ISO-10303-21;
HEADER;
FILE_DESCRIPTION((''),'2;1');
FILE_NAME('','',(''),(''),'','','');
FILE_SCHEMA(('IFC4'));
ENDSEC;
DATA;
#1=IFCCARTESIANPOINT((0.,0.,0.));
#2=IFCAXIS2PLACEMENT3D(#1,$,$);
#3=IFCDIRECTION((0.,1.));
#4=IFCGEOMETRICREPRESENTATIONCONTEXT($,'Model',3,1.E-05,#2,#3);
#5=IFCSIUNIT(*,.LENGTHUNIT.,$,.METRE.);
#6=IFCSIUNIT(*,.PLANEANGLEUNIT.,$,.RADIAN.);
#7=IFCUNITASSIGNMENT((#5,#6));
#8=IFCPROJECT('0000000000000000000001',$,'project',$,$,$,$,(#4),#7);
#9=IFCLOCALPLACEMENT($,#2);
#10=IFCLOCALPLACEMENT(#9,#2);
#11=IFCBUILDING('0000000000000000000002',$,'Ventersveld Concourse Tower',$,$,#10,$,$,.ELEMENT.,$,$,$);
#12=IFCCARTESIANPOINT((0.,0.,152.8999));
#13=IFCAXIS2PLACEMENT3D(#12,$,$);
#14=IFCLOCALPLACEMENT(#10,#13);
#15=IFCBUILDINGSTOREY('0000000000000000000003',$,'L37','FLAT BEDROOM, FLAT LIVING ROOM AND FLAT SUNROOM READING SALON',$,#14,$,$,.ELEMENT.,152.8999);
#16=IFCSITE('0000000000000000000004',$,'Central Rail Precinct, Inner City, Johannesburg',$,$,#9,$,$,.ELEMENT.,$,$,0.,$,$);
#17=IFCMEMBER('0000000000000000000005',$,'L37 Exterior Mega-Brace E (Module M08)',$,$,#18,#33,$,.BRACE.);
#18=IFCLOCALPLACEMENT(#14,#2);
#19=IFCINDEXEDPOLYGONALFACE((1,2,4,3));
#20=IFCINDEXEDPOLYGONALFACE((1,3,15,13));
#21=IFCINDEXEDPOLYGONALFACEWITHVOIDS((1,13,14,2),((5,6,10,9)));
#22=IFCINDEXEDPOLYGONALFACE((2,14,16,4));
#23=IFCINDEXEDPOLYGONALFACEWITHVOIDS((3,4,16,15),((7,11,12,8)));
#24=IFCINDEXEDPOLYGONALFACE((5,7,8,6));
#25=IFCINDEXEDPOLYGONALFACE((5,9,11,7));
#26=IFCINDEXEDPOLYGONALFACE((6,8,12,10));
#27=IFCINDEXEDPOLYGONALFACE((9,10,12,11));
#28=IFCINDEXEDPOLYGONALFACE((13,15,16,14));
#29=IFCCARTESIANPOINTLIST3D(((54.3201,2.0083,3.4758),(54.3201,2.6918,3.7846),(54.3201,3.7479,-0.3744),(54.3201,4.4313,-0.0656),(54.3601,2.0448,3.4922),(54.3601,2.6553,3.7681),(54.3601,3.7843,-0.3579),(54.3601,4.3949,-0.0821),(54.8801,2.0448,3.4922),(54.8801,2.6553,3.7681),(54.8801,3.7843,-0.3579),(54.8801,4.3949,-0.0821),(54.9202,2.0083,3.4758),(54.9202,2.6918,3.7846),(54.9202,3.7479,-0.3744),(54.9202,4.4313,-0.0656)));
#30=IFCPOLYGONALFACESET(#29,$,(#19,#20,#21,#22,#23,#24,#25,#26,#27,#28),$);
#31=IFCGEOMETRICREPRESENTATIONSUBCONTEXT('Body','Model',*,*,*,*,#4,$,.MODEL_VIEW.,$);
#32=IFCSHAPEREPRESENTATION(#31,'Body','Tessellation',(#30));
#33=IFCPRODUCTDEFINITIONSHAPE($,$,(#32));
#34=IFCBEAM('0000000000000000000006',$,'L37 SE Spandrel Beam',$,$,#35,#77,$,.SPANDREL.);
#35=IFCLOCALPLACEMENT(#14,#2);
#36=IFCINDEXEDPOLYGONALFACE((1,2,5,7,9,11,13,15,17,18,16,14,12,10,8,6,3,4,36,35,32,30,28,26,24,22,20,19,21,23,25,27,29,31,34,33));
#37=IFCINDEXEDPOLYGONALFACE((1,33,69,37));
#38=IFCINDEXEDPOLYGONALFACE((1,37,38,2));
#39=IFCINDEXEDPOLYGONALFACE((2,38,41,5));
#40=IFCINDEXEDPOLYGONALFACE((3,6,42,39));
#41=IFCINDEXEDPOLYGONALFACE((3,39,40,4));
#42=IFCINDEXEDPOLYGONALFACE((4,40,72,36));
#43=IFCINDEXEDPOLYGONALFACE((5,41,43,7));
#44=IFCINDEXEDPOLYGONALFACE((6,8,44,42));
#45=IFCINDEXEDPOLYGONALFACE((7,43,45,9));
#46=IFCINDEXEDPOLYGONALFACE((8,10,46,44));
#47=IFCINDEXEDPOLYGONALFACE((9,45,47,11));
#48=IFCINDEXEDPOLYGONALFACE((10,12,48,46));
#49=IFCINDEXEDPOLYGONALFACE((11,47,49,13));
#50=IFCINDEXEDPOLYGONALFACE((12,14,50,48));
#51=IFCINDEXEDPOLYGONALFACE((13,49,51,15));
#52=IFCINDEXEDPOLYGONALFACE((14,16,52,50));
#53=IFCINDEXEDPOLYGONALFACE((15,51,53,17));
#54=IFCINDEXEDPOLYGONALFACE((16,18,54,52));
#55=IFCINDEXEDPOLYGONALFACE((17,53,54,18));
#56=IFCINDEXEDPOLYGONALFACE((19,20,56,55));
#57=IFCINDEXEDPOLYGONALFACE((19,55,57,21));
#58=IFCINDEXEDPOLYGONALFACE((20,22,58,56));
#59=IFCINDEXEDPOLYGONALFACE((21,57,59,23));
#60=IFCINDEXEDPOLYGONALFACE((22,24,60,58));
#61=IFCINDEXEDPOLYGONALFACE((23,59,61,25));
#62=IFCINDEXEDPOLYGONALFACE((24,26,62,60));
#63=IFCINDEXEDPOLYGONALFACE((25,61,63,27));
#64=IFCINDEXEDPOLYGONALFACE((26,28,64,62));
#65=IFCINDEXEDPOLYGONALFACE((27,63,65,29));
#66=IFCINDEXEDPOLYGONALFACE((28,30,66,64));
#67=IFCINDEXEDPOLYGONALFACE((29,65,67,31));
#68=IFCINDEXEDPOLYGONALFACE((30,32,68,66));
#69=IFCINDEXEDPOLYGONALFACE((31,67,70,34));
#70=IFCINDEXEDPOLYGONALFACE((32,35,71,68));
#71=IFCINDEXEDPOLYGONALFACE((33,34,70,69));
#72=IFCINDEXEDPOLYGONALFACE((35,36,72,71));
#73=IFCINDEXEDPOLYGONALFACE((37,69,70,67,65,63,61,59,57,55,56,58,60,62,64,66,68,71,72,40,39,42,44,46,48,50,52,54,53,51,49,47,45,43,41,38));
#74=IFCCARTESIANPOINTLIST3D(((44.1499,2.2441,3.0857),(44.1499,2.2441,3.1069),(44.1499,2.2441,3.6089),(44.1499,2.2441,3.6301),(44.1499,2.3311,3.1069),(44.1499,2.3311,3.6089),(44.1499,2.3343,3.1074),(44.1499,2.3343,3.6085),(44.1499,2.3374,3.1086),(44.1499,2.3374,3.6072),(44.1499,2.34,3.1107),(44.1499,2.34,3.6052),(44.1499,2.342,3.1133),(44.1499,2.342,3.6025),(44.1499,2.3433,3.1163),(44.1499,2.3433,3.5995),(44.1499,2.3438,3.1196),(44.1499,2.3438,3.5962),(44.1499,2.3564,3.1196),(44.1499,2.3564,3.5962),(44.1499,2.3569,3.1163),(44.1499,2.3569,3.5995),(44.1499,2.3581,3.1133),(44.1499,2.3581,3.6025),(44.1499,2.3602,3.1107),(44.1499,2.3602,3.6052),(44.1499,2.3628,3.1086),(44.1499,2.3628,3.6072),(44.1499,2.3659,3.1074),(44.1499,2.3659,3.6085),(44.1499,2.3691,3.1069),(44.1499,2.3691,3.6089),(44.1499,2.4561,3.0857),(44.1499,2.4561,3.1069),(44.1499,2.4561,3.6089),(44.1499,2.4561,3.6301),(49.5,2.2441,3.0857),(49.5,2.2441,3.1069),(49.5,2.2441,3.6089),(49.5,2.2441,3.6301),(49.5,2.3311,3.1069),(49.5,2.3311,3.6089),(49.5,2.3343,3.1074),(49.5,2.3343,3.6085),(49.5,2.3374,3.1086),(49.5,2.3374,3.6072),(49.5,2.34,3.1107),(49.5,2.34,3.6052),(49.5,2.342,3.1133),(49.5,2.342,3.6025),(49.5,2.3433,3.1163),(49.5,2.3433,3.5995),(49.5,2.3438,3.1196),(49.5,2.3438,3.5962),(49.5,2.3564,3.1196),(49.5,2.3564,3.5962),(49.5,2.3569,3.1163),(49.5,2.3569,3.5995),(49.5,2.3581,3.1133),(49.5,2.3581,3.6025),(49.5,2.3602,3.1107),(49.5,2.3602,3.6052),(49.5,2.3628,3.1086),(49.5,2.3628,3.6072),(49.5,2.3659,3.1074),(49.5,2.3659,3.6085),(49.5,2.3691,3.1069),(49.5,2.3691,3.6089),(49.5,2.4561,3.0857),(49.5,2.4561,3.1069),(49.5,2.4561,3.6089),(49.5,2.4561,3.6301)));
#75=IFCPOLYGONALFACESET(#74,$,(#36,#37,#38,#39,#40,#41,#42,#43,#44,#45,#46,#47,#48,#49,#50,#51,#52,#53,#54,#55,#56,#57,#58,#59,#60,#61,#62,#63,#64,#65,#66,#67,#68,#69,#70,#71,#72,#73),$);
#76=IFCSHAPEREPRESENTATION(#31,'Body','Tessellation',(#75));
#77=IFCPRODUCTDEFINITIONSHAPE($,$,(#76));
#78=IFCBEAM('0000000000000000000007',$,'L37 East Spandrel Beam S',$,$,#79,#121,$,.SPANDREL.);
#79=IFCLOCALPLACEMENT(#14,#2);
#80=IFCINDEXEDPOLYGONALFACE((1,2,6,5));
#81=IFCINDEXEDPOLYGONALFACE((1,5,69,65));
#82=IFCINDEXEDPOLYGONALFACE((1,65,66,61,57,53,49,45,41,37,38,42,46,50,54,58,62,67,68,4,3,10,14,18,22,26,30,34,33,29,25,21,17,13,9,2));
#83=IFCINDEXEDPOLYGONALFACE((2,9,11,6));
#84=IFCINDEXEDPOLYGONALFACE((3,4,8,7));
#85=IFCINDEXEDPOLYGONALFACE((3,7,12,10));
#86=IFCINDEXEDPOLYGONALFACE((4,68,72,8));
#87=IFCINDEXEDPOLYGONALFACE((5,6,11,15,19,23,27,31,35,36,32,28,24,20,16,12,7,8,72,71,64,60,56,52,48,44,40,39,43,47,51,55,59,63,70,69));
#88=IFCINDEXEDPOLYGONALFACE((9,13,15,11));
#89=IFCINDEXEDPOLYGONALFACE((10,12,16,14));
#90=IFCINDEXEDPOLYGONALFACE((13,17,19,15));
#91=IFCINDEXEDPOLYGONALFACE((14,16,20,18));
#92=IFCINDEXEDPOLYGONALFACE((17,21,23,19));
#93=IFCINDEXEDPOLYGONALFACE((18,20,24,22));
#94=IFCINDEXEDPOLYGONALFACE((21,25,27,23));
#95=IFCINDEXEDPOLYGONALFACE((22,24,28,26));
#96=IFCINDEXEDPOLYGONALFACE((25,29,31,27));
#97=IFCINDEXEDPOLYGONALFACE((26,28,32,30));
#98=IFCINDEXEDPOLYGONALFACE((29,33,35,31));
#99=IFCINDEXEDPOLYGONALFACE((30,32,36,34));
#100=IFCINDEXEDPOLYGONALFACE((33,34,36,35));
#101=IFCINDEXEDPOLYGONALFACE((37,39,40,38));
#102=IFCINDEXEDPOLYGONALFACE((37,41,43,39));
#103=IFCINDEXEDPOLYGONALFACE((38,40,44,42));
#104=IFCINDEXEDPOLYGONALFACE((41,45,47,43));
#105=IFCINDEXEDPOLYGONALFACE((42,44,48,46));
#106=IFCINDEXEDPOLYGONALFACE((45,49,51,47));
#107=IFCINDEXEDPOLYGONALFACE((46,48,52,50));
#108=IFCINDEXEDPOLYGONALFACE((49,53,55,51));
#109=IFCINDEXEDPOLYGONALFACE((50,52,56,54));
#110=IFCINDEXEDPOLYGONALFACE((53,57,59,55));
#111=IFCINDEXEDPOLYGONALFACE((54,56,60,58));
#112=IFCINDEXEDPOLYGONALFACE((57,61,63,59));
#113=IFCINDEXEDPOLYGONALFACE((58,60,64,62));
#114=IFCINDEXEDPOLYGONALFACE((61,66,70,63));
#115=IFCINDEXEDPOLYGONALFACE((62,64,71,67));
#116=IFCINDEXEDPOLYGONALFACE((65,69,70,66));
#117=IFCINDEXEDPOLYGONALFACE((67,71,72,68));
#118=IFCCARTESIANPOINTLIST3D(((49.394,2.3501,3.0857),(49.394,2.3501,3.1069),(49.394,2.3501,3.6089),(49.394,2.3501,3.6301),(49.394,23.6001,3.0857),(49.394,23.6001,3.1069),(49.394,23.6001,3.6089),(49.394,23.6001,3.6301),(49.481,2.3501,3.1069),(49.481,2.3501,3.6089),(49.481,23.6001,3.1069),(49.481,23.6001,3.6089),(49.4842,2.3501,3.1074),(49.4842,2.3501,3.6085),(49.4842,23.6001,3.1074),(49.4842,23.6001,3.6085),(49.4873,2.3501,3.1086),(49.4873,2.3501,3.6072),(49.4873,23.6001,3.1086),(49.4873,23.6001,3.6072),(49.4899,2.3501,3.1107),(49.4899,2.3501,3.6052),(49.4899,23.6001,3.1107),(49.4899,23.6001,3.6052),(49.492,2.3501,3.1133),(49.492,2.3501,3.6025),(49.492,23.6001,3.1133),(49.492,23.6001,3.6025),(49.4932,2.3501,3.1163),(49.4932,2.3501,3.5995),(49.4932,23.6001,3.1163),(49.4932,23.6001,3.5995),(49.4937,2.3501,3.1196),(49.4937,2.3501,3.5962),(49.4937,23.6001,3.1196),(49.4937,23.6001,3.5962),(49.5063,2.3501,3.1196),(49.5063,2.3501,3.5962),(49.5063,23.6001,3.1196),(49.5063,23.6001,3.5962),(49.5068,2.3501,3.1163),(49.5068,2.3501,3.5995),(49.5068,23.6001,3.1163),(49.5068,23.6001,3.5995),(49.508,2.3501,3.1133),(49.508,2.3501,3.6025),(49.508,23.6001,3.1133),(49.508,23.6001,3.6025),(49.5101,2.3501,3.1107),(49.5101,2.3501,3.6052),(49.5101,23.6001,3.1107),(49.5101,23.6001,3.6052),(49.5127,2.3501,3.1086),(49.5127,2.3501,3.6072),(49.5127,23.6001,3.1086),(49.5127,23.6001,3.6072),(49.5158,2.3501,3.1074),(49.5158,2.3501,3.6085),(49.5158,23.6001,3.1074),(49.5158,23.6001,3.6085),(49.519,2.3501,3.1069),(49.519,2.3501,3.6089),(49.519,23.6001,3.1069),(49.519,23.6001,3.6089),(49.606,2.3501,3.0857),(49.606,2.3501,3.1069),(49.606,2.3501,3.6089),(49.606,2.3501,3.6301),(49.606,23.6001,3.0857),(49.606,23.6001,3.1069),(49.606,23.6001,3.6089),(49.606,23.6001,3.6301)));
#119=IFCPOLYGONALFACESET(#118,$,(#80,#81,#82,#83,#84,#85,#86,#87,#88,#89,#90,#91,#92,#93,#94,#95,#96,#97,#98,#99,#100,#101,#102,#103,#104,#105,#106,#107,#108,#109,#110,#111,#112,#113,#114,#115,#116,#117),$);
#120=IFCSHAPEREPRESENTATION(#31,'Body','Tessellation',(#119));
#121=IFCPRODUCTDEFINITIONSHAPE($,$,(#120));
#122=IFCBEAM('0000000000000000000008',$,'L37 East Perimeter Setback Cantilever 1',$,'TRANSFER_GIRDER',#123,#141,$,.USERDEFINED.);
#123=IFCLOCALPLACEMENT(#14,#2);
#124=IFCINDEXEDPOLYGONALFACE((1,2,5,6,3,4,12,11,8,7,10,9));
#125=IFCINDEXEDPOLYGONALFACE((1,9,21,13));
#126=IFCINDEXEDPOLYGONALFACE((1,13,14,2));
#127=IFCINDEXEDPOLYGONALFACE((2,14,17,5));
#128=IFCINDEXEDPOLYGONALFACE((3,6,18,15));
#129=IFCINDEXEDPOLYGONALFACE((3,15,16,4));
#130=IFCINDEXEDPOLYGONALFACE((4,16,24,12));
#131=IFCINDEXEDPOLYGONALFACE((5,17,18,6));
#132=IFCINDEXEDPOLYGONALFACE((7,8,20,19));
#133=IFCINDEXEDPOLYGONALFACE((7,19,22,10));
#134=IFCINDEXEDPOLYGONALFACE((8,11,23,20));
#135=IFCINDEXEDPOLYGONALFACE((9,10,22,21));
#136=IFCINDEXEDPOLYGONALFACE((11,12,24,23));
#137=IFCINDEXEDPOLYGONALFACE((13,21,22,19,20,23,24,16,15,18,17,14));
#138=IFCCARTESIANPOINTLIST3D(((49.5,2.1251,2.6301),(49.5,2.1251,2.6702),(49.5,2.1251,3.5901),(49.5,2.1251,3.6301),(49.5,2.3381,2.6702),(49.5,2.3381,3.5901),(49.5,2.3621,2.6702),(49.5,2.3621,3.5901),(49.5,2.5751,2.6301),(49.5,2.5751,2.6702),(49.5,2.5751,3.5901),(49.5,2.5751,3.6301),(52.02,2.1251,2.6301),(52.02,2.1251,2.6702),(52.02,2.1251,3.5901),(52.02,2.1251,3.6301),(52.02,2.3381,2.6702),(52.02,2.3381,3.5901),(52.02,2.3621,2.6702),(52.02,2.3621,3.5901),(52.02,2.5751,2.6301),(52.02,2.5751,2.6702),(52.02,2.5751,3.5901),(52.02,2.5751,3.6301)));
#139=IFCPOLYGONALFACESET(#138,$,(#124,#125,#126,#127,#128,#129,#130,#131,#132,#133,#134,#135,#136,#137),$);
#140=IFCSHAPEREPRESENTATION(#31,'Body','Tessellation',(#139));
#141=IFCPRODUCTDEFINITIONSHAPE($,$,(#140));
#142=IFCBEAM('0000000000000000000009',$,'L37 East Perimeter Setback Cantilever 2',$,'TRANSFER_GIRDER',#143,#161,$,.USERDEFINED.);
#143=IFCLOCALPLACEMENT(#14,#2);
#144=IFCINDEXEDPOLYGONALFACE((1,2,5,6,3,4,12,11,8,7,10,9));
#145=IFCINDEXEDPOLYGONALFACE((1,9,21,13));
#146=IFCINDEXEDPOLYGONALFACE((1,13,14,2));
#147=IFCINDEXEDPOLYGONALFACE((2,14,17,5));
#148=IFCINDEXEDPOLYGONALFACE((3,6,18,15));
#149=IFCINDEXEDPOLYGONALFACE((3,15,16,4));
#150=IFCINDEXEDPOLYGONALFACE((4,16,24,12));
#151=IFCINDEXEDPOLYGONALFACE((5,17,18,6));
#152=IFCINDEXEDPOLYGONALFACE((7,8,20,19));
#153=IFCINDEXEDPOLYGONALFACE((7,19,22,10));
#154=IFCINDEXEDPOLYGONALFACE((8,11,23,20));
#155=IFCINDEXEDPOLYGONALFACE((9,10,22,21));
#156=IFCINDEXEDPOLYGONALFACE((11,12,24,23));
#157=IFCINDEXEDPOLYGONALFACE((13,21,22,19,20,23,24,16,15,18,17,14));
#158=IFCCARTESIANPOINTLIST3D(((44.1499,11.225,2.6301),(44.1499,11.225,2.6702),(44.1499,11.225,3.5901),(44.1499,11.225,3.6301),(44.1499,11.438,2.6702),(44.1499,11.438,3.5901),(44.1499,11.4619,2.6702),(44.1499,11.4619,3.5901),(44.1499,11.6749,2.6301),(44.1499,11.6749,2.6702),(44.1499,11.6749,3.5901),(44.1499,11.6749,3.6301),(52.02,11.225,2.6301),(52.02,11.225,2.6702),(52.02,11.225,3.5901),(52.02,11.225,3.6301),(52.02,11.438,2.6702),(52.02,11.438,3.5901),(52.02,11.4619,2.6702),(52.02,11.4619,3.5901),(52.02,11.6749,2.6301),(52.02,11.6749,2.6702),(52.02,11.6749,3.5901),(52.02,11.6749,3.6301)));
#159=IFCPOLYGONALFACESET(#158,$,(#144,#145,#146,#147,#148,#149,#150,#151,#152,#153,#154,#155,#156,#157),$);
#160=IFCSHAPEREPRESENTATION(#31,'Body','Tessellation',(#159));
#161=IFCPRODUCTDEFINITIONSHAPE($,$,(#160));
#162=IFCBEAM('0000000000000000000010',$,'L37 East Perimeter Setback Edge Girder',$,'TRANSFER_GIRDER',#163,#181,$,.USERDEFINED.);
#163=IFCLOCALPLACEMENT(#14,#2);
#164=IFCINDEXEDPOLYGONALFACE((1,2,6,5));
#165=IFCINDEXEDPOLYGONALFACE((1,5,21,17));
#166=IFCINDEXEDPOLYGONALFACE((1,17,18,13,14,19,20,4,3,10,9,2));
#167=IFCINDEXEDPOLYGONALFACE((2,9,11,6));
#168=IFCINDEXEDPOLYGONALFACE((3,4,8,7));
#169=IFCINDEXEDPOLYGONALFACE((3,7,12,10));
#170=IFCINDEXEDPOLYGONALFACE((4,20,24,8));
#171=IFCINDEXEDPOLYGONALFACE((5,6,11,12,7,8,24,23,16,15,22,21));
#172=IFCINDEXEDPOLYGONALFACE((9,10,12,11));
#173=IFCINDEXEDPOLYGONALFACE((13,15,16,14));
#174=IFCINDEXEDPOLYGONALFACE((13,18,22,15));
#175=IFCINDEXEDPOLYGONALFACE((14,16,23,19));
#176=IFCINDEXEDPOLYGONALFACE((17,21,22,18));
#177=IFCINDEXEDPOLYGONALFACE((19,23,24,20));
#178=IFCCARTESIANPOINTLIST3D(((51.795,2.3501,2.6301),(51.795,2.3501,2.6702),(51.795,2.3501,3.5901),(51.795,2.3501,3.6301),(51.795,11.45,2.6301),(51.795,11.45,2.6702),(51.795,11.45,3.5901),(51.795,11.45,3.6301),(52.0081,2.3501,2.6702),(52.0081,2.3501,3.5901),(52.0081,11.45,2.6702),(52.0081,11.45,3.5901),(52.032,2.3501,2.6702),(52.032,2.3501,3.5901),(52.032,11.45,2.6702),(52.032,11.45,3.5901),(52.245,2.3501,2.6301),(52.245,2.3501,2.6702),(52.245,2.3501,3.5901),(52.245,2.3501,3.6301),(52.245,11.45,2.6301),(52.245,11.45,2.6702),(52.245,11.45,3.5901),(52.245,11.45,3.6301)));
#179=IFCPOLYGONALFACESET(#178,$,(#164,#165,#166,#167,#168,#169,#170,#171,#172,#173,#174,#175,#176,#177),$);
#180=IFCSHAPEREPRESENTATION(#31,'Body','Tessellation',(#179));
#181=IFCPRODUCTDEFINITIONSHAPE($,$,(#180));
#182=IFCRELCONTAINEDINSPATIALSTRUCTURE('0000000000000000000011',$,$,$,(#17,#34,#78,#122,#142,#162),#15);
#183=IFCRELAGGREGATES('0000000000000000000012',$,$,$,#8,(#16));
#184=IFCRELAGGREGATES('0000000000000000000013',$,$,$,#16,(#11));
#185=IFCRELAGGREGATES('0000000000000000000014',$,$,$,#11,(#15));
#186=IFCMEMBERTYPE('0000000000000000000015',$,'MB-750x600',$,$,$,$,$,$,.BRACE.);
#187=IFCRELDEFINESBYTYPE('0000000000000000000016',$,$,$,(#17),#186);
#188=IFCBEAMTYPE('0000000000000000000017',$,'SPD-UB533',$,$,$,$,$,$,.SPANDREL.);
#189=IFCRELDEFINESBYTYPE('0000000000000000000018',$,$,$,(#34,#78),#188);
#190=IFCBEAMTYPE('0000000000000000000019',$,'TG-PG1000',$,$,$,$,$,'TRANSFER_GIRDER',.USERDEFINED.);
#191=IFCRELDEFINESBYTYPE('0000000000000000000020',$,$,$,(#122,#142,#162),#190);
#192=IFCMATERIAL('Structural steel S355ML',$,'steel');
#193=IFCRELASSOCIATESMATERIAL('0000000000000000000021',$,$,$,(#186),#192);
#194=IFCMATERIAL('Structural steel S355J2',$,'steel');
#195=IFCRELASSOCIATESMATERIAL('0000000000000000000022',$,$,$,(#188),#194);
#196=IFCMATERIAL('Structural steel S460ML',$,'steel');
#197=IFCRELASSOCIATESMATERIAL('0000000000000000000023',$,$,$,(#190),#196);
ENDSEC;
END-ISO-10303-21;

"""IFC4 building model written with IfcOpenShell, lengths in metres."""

from ifc_helpers import new_model, si_unit, direction, frame, origin, origin_2d, place, context, subcontext, project, spatial, hollow_rectangle, i_section, extrude, material, material_profile, profile_set, type_object, element, save


model = new_model("IFC4")

# Units and contexts
model_context = context("Model", 3, precision=1e-05, world=origin(), true_north=direction((0.0, 1.0)))
body_context = subcontext(model_context, "Body", "Model", "MODEL_VIEW")
ifc_project = project(units=[si_unit("LENGTHUNIT", "METRE"), si_unit("PLANEANGLEUNIT", "RADIAN")], contexts=[model_context])

# Site, building, storey
site_placement = place(None, origin())
site = spatial("IfcSite", under=ifc_project, at=site_placement, Name="Central Rail Precinct, Inner City, Johannesburg", CompositionType="ELEMENT", RefElevation=0.0)
building_placement = place(site_placement, origin())
building = spatial("IfcBuilding", under=site, at=building_placement, Name="Ventersveld Concourse Tower", CompositionType="ELEMENT")
storey_placement = place(building_placement, frame((0.0, 0.0, 152.8999)))
storey = spatial("IfcBuildingStorey", under=building, at=storey_placement, Name="L37", Description="FLAT BEDROOM, FLAT LIVING ROOM AND FLAT SUNROOM READING SALON", CompositionType="ELEMENT", Elevation=152.8999)

# Shared definitions
ifc_material_1 = material(Name="Structural steel S460ML", Category="steel")

# Shared definitions
ifc_material_2 = material(Name="Structural steel S355J2", Category="steel")

# Member
ifc_material_3 = material(Name="Structural steel S355ML", Category="steel")
ifc_material_profile_1 = material_profile(ifc_material_3, hollow_rectangle(XDim=0.6001, YDim=0.75, WallThickness=0.04, at=origin_2d()), Name="BOX 750x600x40")
ifc_profile_set_1 = profile_set([ifc_material_profile_1], Name="Structural steel S355ML")
member_type = type_object("IfcMemberType", Name="MB-750x600", PredefinedType="BRACE", material=ifc_profile_set_1)
member_placement = place(storey_placement, frame((54.6201, 4.0896, -0.22), z_axis=(0.0, -0.411734, 0.911304), x_axis=(1.0, 0.0, 0.0)))
element("IfcMember", 1, at=member_placement, inside=storey, type_object=member_type, Name="L37 Exterior Mega-Brace E (Module M08)", PredefinedType="BRACE", context=body_context, shape_type="SweptSolid", body=[
    extrude(hollow_rectangle(XDim=0.6001, YDim=0.75, WallThickness=0.04, at=origin_2d()), origin(), (0.0, 0.0, 1.0), 4.2249),
])

# Beams
ifc_material_profile_2 = material_profile(ifc_material_2, i_section(OverallWidth=0.2119, OverallDepth=0.5444, WebThickness=0.0127, FlangeThickness=0.0212, FilletRadius=0.0127, at=origin_2d()), Name="UB 533x210x122")
ifc_profile_set_2 = profile_set([ifc_material_profile_2], Name="Structural steel S355J2")
beam_type_1 = type_object("IfcBeamType", Name="SPD-UB533", PredefinedType="SPANDREL", material=ifc_profile_set_2)
beam_1_placement = place(storey_placement, frame((44.1499, 2.3501, 3.3579), z_axis=(1.0, 0.0, 0.0), x_axis=(0.0, 1.0, 0.0)))
element("IfcBeam", 2, at=beam_1_placement, inside=storey, type_object=beam_type_1, Name="L37 SE Spandrel Beam", PredefinedType="SPANDREL", context=body_context, shape_type="SweptSolid", body=[
    extrude(i_section(OverallWidth=0.2119, OverallDepth=0.5444, WebThickness=0.0127, FlangeThickness=0.0212, FilletRadius=0.0127, at=origin_2d()), origin(), (0.0, 0.0, 1.0), 5.3501),
])
beam_2_placement = place(storey_placement, frame((49.5, 2.3501, 3.3579), z_axis=(0.0, 1.0, 0.0), x_axis=(-1.0, 0.0, 0.0)))
element("IfcBeam", 3, at=beam_2_placement, inside=storey, type_object=beam_type_1, Name="L37 East Spandrel Beam S", PredefinedType="SPANDREL", context=body_context, shape_type="SweptSolid", body=[
    extrude(i_section(OverallWidth=0.2119, OverallDepth=0.5444, WebThickness=0.0127, FlangeThickness=0.0212, FilletRadius=0.0127, at=origin_2d()), origin(), (0.0, 0.0, 1.0), 21.25),
])
ifc_material_profile_3 = material_profile(ifc_material_1, i_section(OverallWidth=0.45, OverallDepth=1.0, WebThickness=0.0239, FlangeThickness=0.04, at=origin_2d()), Name="PG 1000x450x40")
ifc_profile_set_3 = profile_set([ifc_material_profile_3], Name="Structural steel S460ML")
beam_type_2 = type_object("IfcBeamType", Name="TG-PG1000", ElementType="TRANSFER_GIRDER", PredefinedType="USERDEFINED", material=ifc_profile_set_3)
beam_3_placement = place(storey_placement, frame((49.5, 2.3501, 3.1301), z_axis=(1.0, 0.0, 0.0), x_axis=(0.0, 1.0, 0.0)))
element("IfcBeam", 4, at=beam_3_placement, inside=storey, type_object=beam_type_2, Name="L37 East Perimeter Setback Cantilever 1", ObjectType="TRANSFER_GIRDER", PredefinedType="USERDEFINED", context=body_context, shape_type="SweptSolid", body=[
    extrude(i_section(OverallWidth=0.45, OverallDepth=1.0, WebThickness=0.0239, FlangeThickness=0.04, at=origin_2d()), origin(), (0.0, 0.0, 1.0), 2.52),
])
beam_4_placement = place(storey_placement, frame((44.1499, 11.45, 3.1301), z_axis=(1.0, 0.0, 0.0), x_axis=(0.0, 1.0, 0.0)))
element("IfcBeam", 5, at=beam_4_placement, inside=storey, type_object=beam_type_2, Name="L37 East Perimeter Setback Cantilever 2", ObjectType="TRANSFER_GIRDER", PredefinedType="USERDEFINED", context=body_context, shape_type="SweptSolid", body=[
    extrude(i_section(OverallWidth=0.45, OverallDepth=1.0, WebThickness=0.0239, FlangeThickness=0.04, at=origin_2d()), origin(), (0.0, 0.0, 1.0), 7.8701),
])
beam_5_placement = place(storey_placement, frame((52.02, 2.3501, 3.1301), z_axis=(0.0, 1.0, 0.0), x_axis=(-1.0, 0.0, 0.0)))
element("IfcBeam", 6, at=beam_5_placement, inside=storey, type_object=beam_type_2, Name="L37 East Perimeter Setback Edge Girder", ObjectType="TRANSFER_GIRDER", PredefinedType="USERDEFINED", context=body_context, shape_type="SweptSolid", body=[
    extrude(i_section(OverallWidth=0.45, OverallDepth=1.0, WebThickness=0.0239, FlangeThickness=0.04, at=origin_2d()), origin(), (0.0, 0.0, 1.0), 9.0999),
])

save(model, "model.ifc")
